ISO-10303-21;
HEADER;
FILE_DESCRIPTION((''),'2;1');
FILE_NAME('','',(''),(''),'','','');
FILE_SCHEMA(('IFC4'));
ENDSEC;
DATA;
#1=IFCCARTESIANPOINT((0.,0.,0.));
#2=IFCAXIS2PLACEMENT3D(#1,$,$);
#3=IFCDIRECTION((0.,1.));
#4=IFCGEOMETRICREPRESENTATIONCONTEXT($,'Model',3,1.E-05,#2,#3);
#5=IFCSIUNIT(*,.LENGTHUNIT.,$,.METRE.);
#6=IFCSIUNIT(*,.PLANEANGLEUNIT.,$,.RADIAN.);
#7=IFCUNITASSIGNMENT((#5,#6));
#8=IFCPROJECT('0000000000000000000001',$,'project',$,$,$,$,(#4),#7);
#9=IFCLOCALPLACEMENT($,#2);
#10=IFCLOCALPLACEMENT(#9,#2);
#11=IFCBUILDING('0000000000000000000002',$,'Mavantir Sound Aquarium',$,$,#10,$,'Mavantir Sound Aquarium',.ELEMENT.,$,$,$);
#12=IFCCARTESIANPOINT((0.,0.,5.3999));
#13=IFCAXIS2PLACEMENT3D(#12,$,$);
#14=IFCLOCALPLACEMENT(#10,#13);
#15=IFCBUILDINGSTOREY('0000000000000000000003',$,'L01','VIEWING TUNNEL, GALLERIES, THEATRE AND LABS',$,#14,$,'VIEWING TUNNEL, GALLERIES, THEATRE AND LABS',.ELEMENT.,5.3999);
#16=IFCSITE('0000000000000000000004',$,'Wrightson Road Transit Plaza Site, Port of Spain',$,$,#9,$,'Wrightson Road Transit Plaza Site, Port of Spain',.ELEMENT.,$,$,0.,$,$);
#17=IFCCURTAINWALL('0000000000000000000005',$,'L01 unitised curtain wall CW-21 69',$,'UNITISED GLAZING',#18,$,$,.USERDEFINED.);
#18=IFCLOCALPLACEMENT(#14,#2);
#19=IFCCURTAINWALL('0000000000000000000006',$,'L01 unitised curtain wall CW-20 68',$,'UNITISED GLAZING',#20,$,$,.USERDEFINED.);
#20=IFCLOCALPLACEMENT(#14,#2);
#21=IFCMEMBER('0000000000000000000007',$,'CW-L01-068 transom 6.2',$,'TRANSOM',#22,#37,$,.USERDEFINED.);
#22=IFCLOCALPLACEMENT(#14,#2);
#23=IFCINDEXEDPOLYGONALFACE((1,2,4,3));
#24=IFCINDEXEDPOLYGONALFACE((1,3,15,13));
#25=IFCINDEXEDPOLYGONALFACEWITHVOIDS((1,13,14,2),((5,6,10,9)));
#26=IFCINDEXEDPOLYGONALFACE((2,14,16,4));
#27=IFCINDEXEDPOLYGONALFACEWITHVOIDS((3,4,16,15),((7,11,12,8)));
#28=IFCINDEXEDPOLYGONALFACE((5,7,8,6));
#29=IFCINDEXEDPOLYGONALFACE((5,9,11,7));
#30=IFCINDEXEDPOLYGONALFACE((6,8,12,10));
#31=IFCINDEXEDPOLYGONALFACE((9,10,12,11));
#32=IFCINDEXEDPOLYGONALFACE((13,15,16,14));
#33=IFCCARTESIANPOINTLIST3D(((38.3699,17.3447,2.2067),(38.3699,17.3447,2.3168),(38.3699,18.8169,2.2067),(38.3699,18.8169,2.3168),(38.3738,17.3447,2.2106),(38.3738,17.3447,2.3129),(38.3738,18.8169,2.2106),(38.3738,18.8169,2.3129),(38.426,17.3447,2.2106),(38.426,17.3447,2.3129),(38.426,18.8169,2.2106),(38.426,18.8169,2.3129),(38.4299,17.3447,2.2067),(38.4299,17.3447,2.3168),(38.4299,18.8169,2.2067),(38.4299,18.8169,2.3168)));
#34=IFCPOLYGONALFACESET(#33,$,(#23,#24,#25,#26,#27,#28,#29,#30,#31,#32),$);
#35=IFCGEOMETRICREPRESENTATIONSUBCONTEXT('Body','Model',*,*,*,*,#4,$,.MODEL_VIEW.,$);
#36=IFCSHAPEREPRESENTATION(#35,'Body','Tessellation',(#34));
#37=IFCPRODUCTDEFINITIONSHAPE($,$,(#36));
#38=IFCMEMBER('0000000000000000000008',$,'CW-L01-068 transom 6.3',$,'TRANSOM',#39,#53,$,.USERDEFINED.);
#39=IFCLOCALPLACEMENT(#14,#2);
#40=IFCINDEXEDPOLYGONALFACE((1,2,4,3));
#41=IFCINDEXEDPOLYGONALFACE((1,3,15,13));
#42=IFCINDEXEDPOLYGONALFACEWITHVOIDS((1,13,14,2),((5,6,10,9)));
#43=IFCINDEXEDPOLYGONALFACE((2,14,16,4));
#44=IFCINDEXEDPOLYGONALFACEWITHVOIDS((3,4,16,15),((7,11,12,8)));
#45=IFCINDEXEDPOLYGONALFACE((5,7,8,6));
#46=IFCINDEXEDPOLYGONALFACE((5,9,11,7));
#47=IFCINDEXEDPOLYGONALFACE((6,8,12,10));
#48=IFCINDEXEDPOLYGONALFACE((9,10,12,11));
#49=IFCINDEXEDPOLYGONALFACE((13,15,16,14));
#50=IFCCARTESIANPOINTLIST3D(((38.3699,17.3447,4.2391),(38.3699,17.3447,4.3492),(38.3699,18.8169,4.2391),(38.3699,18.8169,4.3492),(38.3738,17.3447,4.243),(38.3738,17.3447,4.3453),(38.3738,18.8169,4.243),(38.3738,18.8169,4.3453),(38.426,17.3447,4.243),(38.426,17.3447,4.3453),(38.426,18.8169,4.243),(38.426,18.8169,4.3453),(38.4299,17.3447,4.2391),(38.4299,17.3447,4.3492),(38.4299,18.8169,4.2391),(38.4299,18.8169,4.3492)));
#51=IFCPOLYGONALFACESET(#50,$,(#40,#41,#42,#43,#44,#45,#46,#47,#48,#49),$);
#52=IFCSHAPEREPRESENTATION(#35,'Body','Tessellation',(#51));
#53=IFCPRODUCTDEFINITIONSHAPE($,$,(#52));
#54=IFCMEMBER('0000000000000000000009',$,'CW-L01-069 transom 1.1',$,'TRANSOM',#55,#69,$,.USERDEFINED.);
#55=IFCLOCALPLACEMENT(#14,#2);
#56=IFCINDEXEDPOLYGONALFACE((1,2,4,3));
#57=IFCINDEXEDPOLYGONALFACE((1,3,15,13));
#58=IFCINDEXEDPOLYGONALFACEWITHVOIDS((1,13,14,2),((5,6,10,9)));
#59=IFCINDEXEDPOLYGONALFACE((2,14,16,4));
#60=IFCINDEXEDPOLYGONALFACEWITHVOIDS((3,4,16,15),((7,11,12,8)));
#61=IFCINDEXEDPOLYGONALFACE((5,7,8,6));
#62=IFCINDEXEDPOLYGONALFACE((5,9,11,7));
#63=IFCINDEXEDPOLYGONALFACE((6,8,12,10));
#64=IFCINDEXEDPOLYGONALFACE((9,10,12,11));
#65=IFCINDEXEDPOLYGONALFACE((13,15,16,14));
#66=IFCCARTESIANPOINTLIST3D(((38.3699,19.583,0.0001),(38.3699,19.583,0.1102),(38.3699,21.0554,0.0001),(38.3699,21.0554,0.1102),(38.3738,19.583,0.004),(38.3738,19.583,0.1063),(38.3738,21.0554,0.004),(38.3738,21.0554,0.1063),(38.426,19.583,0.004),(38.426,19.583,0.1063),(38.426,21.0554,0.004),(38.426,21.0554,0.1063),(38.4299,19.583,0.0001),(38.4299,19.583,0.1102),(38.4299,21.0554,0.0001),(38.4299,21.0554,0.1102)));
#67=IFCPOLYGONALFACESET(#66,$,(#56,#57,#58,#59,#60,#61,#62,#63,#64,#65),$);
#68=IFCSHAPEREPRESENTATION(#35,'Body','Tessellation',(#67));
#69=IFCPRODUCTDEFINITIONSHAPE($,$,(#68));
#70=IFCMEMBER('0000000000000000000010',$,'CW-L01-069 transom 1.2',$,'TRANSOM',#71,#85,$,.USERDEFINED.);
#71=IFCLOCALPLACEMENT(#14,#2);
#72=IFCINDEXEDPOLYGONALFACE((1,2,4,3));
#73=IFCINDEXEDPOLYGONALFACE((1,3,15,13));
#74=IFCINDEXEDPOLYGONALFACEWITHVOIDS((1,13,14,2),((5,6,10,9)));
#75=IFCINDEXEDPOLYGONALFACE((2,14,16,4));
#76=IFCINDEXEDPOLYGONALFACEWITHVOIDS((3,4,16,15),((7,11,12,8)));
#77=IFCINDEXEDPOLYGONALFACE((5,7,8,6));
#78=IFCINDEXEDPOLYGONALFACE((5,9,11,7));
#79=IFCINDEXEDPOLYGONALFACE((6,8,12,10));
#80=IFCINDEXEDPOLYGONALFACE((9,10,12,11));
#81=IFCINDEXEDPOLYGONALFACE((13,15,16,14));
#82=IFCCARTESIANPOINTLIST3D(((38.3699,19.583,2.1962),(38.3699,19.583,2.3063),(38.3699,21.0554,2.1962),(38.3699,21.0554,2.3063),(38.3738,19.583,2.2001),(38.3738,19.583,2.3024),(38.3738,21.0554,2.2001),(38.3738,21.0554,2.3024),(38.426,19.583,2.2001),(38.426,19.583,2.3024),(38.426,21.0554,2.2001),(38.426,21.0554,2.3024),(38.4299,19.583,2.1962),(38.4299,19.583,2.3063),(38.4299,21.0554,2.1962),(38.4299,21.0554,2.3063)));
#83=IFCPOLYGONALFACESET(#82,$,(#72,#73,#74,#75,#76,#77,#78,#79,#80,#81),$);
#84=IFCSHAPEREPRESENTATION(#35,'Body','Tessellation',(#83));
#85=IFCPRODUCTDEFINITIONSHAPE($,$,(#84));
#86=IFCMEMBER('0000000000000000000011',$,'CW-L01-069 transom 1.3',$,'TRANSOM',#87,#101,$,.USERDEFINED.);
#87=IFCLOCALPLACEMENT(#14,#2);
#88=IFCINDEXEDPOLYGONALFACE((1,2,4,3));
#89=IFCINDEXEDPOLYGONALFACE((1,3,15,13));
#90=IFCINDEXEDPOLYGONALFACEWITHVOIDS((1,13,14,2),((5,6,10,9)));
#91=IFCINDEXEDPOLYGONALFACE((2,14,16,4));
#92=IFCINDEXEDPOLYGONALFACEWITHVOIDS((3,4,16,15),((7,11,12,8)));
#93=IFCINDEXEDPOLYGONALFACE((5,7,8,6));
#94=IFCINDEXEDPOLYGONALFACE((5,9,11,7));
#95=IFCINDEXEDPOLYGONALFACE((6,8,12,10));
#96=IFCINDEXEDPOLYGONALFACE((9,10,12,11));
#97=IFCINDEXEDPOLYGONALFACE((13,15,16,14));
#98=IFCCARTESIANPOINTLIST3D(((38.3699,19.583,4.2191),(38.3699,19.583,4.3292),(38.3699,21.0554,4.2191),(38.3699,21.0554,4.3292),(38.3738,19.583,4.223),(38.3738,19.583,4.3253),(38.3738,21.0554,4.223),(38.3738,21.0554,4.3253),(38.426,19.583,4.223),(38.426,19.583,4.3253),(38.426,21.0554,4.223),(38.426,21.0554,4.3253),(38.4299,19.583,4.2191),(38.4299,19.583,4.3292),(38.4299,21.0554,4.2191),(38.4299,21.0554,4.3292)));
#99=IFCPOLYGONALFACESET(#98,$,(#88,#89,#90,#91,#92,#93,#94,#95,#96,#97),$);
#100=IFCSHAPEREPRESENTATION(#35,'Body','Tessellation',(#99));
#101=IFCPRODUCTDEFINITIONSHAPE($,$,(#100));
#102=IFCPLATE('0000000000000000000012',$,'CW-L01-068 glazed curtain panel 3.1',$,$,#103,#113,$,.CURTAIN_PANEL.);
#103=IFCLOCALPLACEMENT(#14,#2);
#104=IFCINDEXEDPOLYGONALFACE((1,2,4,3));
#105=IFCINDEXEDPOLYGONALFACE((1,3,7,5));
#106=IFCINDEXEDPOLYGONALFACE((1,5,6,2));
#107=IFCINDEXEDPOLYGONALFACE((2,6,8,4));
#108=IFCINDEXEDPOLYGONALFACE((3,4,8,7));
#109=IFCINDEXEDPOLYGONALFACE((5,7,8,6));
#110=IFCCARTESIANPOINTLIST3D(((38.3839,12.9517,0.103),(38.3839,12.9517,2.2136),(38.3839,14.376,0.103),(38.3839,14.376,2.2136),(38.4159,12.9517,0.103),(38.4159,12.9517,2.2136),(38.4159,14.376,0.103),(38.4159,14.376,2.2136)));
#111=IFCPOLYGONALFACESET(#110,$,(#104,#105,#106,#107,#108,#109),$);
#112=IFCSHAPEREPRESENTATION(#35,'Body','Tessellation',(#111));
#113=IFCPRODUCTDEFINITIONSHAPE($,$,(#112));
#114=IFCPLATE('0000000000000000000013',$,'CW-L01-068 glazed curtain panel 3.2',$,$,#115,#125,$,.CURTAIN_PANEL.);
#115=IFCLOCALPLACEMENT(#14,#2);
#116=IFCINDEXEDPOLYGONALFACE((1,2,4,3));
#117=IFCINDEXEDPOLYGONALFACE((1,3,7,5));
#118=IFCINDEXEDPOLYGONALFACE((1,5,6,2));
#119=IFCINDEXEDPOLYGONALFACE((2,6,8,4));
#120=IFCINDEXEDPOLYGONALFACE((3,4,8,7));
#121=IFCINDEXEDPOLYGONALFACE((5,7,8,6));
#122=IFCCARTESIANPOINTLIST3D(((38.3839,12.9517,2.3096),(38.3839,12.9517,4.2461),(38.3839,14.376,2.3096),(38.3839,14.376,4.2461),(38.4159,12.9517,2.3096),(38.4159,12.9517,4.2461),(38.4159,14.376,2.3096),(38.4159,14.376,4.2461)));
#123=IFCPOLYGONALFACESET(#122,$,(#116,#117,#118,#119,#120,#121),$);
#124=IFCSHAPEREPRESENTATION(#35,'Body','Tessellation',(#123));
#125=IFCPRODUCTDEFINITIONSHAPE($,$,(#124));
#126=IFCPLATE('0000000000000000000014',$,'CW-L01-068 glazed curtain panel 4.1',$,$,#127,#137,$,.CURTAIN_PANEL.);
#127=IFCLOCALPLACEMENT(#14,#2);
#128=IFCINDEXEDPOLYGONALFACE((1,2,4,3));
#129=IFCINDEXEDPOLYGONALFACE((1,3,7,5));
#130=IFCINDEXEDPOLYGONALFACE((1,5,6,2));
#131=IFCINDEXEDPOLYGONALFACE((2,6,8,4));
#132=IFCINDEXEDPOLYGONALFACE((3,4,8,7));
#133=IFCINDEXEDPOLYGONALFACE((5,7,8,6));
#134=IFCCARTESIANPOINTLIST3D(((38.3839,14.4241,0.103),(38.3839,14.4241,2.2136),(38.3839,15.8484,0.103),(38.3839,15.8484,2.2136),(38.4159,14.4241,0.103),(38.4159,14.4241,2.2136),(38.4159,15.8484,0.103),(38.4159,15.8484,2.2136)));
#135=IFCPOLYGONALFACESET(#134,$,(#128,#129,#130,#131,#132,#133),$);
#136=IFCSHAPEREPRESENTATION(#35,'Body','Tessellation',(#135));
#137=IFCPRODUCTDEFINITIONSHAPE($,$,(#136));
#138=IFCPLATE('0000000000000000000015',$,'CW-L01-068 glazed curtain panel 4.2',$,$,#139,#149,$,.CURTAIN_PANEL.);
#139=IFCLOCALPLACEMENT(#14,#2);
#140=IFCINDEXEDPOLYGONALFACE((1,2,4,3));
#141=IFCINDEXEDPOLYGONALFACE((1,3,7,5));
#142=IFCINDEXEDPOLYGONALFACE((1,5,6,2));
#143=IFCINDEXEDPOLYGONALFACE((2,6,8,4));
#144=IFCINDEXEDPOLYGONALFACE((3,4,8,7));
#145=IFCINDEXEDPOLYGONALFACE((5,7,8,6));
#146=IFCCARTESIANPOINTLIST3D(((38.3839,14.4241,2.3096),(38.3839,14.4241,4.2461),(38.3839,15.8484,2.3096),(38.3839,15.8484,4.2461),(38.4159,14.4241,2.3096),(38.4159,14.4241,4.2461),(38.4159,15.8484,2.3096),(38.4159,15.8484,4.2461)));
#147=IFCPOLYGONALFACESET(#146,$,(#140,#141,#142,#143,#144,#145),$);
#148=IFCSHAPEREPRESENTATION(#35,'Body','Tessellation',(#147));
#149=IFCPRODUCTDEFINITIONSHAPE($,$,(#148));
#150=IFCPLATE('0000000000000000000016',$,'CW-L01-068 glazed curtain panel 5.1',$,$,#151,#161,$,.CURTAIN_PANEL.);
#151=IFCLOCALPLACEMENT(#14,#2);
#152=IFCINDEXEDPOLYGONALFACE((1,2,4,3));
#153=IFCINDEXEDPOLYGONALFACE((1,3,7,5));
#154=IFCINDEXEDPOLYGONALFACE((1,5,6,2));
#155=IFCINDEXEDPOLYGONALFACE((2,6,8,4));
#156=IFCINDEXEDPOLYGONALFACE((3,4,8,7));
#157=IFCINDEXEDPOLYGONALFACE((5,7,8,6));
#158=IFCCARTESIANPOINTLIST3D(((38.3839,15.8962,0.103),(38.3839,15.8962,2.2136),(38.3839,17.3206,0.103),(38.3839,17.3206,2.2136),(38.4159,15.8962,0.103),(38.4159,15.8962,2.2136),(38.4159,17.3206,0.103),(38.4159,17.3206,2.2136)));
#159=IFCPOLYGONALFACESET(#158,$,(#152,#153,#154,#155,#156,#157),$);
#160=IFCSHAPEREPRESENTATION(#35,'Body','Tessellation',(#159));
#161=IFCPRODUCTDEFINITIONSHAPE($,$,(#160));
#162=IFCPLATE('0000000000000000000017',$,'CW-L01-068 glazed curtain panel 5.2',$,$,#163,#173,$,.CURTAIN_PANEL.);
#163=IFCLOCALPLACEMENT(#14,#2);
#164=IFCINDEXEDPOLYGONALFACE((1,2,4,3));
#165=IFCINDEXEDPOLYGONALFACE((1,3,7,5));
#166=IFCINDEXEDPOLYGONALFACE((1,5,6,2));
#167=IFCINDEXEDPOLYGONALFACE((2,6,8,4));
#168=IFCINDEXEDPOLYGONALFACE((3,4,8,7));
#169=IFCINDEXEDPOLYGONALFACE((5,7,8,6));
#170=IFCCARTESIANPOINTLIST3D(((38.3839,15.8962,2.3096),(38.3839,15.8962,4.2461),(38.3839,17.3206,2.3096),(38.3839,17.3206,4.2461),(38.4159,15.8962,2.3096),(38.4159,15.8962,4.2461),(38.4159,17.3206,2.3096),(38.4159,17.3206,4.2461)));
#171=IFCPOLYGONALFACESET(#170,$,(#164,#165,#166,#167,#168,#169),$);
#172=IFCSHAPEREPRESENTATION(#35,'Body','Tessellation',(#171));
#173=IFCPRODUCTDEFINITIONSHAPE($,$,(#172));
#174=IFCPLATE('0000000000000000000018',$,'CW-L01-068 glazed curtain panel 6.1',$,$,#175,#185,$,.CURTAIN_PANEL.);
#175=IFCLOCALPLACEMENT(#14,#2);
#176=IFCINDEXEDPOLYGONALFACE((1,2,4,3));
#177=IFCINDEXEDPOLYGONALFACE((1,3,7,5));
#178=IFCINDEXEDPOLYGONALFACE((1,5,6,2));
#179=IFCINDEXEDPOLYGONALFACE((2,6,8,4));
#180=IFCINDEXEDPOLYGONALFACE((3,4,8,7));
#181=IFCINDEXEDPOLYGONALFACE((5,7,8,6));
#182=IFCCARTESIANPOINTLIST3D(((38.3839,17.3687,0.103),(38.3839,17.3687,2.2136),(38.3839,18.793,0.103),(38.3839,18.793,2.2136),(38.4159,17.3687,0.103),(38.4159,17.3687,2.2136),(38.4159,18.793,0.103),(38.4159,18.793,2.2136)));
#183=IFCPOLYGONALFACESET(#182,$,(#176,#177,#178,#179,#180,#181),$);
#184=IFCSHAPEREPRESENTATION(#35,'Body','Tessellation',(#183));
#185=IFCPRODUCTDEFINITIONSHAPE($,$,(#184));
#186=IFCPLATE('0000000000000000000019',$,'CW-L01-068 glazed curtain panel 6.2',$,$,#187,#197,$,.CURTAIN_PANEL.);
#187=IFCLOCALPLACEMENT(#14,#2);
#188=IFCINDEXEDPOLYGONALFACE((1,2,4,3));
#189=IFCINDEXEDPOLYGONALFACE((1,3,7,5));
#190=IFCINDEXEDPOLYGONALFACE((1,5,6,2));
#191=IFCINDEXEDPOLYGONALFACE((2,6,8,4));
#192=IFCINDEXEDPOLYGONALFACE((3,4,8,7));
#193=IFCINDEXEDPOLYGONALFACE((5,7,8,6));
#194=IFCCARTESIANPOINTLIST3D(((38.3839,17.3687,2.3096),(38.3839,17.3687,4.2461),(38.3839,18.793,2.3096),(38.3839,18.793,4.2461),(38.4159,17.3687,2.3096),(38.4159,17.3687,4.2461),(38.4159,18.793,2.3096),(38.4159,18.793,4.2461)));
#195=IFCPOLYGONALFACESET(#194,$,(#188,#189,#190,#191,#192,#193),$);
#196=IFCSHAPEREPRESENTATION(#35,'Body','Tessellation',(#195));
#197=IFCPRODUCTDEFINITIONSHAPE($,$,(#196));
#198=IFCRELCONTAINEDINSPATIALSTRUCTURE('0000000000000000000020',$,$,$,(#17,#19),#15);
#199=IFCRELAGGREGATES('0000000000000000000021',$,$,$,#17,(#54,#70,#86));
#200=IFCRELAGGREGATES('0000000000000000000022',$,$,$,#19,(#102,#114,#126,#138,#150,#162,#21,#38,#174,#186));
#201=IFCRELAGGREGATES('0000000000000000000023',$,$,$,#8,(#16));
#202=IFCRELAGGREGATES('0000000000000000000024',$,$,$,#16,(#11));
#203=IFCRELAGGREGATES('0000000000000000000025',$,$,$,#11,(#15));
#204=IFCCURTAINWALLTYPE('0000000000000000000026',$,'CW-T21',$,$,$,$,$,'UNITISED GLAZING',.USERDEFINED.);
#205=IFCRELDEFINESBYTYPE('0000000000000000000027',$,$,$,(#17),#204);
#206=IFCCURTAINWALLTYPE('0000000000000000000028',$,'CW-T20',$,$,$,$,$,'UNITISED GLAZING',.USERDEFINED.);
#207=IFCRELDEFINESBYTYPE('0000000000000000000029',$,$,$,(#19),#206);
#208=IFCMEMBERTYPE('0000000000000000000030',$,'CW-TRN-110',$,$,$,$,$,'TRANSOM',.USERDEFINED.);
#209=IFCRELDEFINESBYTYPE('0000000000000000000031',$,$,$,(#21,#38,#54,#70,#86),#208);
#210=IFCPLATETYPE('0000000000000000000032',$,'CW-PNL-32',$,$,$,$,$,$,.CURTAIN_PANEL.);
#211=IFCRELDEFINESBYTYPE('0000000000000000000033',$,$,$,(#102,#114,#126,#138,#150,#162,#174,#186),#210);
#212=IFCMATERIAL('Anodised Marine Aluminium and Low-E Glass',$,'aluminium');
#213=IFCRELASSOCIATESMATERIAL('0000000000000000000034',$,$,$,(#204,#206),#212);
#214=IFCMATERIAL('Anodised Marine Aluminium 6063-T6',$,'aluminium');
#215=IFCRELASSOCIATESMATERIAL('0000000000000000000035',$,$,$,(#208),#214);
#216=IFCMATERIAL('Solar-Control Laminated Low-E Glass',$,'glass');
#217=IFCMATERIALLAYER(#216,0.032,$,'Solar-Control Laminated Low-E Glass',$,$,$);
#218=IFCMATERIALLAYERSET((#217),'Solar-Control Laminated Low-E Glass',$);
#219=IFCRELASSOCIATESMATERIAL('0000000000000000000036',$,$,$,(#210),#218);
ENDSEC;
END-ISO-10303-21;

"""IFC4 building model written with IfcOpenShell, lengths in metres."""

from ifc_helpers import new_model, si_unit, direction, frame, origin, origin_2d, place, context, subcontext, project, spatial, rectangle, hollow_rectangle, extrude, material, layer, layer_set, material_profile, profile_set, type_object, element, aggregate, save


model = new_model("IFC4")

# Units and contexts
model_context = context("Model", 3, precision=1e-05, world=origin(), true_north=direction((0.0, 1.0)))
body_context = subcontext(model_context, "Body", "Model", "MODEL_VIEW")
ifc_project = project(units=[si_unit("LENGTHUNIT", "METRE"), si_unit("PLANEANGLEUNIT", "RADIAN")], contexts=[model_context])

# Site, building, storey
site_placement = place(None, origin())
site = spatial("IfcSite", under=ifc_project, at=site_placement, Name="Wrightson Road Transit Plaza Site, Port of Spain", LongName="Wrightson Road Transit Plaza Site, Port of Spain", CompositionType="ELEMENT", RefElevation=0.0)
building_placement = place(site_placement, origin())
building = spatial("IfcBuilding", under=site, at=building_placement, Name="Mavantir Sound Aquarium", LongName="Mavantir Sound Aquarium", CompositionType="ELEMENT")
storey_placement = place(building_placement, frame((0.0, 0.0, 5.3999)))
storey = spatial("IfcBuildingStorey", under=building, at=storey_placement, Name="L01", Description="VIEWING TUNNEL, GALLERIES, THEATRE AND LABS", LongName="VIEWING TUNNEL, GALLERIES, THEATRE AND LABS", CompositionType="ELEMENT", Elevation=5.3999)

# Curtain wall
ifc_material_1 = material(Name="Anodised Marine Aluminium and Low-E Glass", Category="aluminium")
curtain_wall_type_1 = type_object("IfcCurtainWallType", Name="CW-T21", ElementType="UNITISED GLAZING", PredefinedType="USERDEFINED", material=ifc_material_1)
curtain_wall_1_placement = place(storey_placement, origin())
curtain_wall_1 = element("IfcCurtainWall", 1, at=curtain_wall_1_placement, inside=storey, type_object=curtain_wall_type_1, Name="L01 unitised curtain wall CW-21 69", ObjectType="UNITISED GLAZING", PredefinedType="USERDEFINED")
ifc_material_2 = material(Name="Anodised Marine Aluminium 6063-T6", Category="aluminium")

# Curtain wall, members
curtain_wall_type_2 = type_object("IfcCurtainWallType", Name="CW-T20", ElementType="UNITISED GLAZING", PredefinedType="USERDEFINED", material=ifc_material_1)
curtain_wall_2_placement = place(storey_placement, origin())
curtain_wall_2 = element("IfcCurtainWall", 2, at=curtain_wall_2_placement, inside=storey, type_object=curtain_wall_type_2, Name="L01 unitised curtain wall CW-20 68", ObjectType="UNITISED GLAZING", PredefinedType="USERDEFINED")
ifc_material_profile_1 = material_profile(ifc_material_2, hollow_rectangle(XDim=0.0601, YDim=0.1101, WallThickness=0.0039, at=origin_2d()), Name="ALU-TRANSOM-110X60")
ifc_profile_set_1 = profile_set([ifc_material_profile_1], Name="Anodised Marine Aluminium 6063-T6")
member_type_1 = type_object("IfcMemberType", Name="CW-TRN-110", ElementType="TRANSOM", PredefinedType="USERDEFINED", material=ifc_profile_set_1)
member_1_placement = place(storey_placement, frame((38.3999, 17.3447, 2.2617), z_axis=(0.0, 1.0, 0.0), x_axis=(-1.0, 0.0, 0.0)))
member_1 = element("IfcMember", 3, at=member_1_placement, type_object=member_type_1, Name="CW-L01-068 transom 6.2", ObjectType="TRANSOM", PredefinedType="USERDEFINED", context=body_context, shape_type="SweptSolid", body=[
    extrude(hollow_rectangle(XDim=0.0601, YDim=0.1101, WallThickness=0.0039, at=origin_2d()), origin(), (0.0, 0.0, 1.0), 1.4722),
])
member_2_placement = place(storey_placement, frame((38.3999, 17.3447, 4.2942), z_axis=(0.0, 1.0, 0.0), x_axis=(-1.0, 0.0, 0.0)))
member_2 = element("IfcMember", 4, at=member_2_placement, type_object=member_type_1, Name="CW-L01-068 transom 6.3", ObjectType="TRANSOM", PredefinedType="USERDEFINED", context=body_context, shape_type="SweptSolid", body=[
    extrude(hollow_rectangle(XDim=0.0601, YDim=0.1101, WallThickness=0.0039, at=origin_2d()), origin(), (0.0, 0.0, 1.0), 1.4722),
])

# Members
member_3_placement = place(storey_placement, frame((38.3999, 19.583, 0.0552), z_axis=(0.0, 1.0, 0.0), x_axis=(-1.0, 0.0, 0.0)))
member_3 = element("IfcMember", 5, at=member_3_placement, type_object=member_type_1, Name="CW-L01-069 transom 1.1", ObjectType="TRANSOM", PredefinedType="USERDEFINED", context=body_context, shape_type="SweptSolid", body=[
    extrude(hollow_rectangle(XDim=0.0601, YDim=0.1101, WallThickness=0.0039, at=origin_2d()), origin(), (0.0, 0.0, 1.0), 1.4724),
])
member_4_placement = place(storey_placement, frame((38.3999, 19.583, 2.2512), z_axis=(0.0, 1.0, 0.0), x_axis=(-1.0, 0.0, 0.0)))
member_4 = element("IfcMember", 6, at=member_4_placement, type_object=member_type_1, Name="CW-L01-069 transom 1.2", ObjectType="TRANSOM", PredefinedType="USERDEFINED", context=body_context, shape_type="SweptSolid", body=[
    extrude(hollow_rectangle(XDim=0.0601, YDim=0.1101, WallThickness=0.0039, at=origin_2d()), origin(), (0.0, 0.0, 1.0), 1.4724),
])
member_5_placement = place(storey_placement, frame((38.3999, 19.583, 4.2742), z_axis=(0.0, 1.0, 0.0), x_axis=(-1.0, 0.0, 0.0)))
member_5 = element("IfcMember", 7, at=member_5_placement, type_object=member_type_1, Name="CW-L01-069 transom 1.3", ObjectType="TRANSOM", PredefinedType="USERDEFINED", context=body_context, shape_type="SweptSolid", body=[
    extrude(hollow_rectangle(XDim=0.0601, YDim=0.1101, WallThickness=0.0039, at=origin_2d()), origin(), (0.0, 0.0, 1.0), 1.4724),
])
aggregate(curtain_wall_1, [member_3, member_4, member_5])

# Plates
ifc_material_3 = material(Name="Solar-Control Laminated Low-E Glass", Category="glass")
ifc_layer = layer(ifc_material_3, 0.032, Name="Solar-Control Laminated Low-E Glass")
ifc_layer_set = layer_set([ifc_layer], Name="Solar-Control Laminated Low-E Glass")
plate_type = type_object("IfcPlateType", Name="CW-PNL-32", PredefinedType="CURTAIN_PANEL", material=ifc_layer_set)
plate_1_placement = place(storey_placement, frame((38.3999, 13.6638, 0.103), z_axis=(0.0, 0.0, 1.0), x_axis=(0.0, 1.0, 0.0)))
plate_1 = element("IfcPlate", 8, at=plate_1_placement, type_object=plate_type, Name="CW-L01-068 glazed curtain panel 3.1", PredefinedType="CURTAIN_PANEL", context=body_context, shape_type="SweptSolid", body=[
    extrude(rectangle(XDim=1.4243, YDim=0.032, at=origin_2d()), origin(), (0.0, 0.0, 1.0), 2.1106),
])
plate_2_placement = place(storey_placement, frame((38.3999, 13.6638, 2.3096), z_axis=(0.0, 0.0, 1.0), x_axis=(0.0, 1.0, 0.0)))
plate_2 = element("IfcPlate", 9, at=plate_2_placement, type_object=plate_type, Name="CW-L01-068 glazed curtain panel 3.2", PredefinedType="CURTAIN_PANEL", context=body_context, shape_type="SweptSolid", body=[
    extrude(rectangle(XDim=1.4243, YDim=0.032, at=origin_2d()), origin(), (0.0, 0.0, 1.0), 1.9365),
])
plate_3_placement = place(storey_placement, frame((38.3999, 15.1362, 0.103), z_axis=(0.0, 0.0, 1.0), x_axis=(0.0, 1.0, 0.0)))
plate_3 = element("IfcPlate", 10, at=plate_3_placement, type_object=plate_type, Name="CW-L01-068 glazed curtain panel 4.1", PredefinedType="CURTAIN_PANEL", context=body_context, shape_type="SweptSolid", body=[
    extrude(rectangle(XDim=1.4243, YDim=0.032, at=origin_2d()), origin(), (0.0, 0.0, 1.0), 2.1106),
])
plate_4_placement = place(storey_placement, frame((38.3999, 15.1362, 2.3096), z_axis=(0.0, 0.0, 1.0), x_axis=(0.0, 1.0, 0.0)))
plate_4 = element("IfcPlate", 11, at=plate_4_placement, type_object=plate_type, Name="CW-L01-068 glazed curtain panel 4.2", PredefinedType="CURTAIN_PANEL", context=body_context, shape_type="SweptSolid", body=[
    extrude(rectangle(XDim=1.4243, YDim=0.032, at=origin_2d()), origin(), (0.0, 0.0, 1.0), 1.9365),
])
plate_5_placement = place(storey_placement, frame((38.3999, 16.6084, 0.103), z_axis=(0.0, 0.0, 1.0), x_axis=(0.0, 1.0, 0.0)))
plate_5 = element("IfcPlate", 12, at=plate_5_placement, type_object=plate_type, Name="CW-L01-068 glazed curtain panel 5.1", PredefinedType="CURTAIN_PANEL", context=body_context, shape_type="SweptSolid", body=[
    extrude(rectangle(XDim=1.4243, YDim=0.032, at=origin_2d()), origin(), (0.0, 0.0, 1.0), 2.1106),
])
plate_6_placement = place(storey_placement, frame((38.3999, 16.6084, 2.3096), z_axis=(0.0, 0.0, 1.0), x_axis=(0.0, 1.0, 0.0)))
plate_6 = element("IfcPlate", 13, at=plate_6_placement, type_object=plate_type, Name="CW-L01-068 glazed curtain panel 5.2", PredefinedType="CURTAIN_PANEL", context=body_context, shape_type="SweptSolid", body=[
    extrude(rectangle(XDim=1.4243, YDim=0.032, at=origin_2d()), origin(), (0.0, 0.0, 1.0), 1.9365),
])
plate_7_placement = place(storey_placement, frame((38.3999, 18.0808, 0.103), z_axis=(0.0, 0.0, 1.0), x_axis=(0.0, 1.0, 0.0)))
plate_7 = element("IfcPlate", 14, at=plate_7_placement, type_object=plate_type, Name="CW-L01-068 glazed curtain panel 6.1", PredefinedType="CURTAIN_PANEL", context=body_context, shape_type="SweptSolid", body=[
    extrude(rectangle(XDim=1.4243, YDim=0.032, at=origin_2d()), origin(), (0.0, 0.0, 1.0), 2.1106),
])
plate_8_placement = place(storey_placement, frame((38.3999, 18.0808, 2.3096), z_axis=(0.0, 0.0, 1.0), x_axis=(0.0, 1.0, 0.0)))
plate_8 = element("IfcPlate", 15, at=plate_8_placement, type_object=plate_type, Name="CW-L01-068 glazed curtain panel 6.2", PredefinedType="CURTAIN_PANEL", context=body_context, shape_type="SweptSolid", body=[
    extrude(rectangle(XDim=1.4243, YDim=0.032, at=origin_2d()), origin(), (0.0, 0.0, 1.0), 1.9365),
])
aggregate(curtain_wall_2, [plate_1, plate_2, plate_3, plate_4, plate_5, plate_6, member_1, member_2, plate_7, plate_8])

save(model, "model.ifc")
